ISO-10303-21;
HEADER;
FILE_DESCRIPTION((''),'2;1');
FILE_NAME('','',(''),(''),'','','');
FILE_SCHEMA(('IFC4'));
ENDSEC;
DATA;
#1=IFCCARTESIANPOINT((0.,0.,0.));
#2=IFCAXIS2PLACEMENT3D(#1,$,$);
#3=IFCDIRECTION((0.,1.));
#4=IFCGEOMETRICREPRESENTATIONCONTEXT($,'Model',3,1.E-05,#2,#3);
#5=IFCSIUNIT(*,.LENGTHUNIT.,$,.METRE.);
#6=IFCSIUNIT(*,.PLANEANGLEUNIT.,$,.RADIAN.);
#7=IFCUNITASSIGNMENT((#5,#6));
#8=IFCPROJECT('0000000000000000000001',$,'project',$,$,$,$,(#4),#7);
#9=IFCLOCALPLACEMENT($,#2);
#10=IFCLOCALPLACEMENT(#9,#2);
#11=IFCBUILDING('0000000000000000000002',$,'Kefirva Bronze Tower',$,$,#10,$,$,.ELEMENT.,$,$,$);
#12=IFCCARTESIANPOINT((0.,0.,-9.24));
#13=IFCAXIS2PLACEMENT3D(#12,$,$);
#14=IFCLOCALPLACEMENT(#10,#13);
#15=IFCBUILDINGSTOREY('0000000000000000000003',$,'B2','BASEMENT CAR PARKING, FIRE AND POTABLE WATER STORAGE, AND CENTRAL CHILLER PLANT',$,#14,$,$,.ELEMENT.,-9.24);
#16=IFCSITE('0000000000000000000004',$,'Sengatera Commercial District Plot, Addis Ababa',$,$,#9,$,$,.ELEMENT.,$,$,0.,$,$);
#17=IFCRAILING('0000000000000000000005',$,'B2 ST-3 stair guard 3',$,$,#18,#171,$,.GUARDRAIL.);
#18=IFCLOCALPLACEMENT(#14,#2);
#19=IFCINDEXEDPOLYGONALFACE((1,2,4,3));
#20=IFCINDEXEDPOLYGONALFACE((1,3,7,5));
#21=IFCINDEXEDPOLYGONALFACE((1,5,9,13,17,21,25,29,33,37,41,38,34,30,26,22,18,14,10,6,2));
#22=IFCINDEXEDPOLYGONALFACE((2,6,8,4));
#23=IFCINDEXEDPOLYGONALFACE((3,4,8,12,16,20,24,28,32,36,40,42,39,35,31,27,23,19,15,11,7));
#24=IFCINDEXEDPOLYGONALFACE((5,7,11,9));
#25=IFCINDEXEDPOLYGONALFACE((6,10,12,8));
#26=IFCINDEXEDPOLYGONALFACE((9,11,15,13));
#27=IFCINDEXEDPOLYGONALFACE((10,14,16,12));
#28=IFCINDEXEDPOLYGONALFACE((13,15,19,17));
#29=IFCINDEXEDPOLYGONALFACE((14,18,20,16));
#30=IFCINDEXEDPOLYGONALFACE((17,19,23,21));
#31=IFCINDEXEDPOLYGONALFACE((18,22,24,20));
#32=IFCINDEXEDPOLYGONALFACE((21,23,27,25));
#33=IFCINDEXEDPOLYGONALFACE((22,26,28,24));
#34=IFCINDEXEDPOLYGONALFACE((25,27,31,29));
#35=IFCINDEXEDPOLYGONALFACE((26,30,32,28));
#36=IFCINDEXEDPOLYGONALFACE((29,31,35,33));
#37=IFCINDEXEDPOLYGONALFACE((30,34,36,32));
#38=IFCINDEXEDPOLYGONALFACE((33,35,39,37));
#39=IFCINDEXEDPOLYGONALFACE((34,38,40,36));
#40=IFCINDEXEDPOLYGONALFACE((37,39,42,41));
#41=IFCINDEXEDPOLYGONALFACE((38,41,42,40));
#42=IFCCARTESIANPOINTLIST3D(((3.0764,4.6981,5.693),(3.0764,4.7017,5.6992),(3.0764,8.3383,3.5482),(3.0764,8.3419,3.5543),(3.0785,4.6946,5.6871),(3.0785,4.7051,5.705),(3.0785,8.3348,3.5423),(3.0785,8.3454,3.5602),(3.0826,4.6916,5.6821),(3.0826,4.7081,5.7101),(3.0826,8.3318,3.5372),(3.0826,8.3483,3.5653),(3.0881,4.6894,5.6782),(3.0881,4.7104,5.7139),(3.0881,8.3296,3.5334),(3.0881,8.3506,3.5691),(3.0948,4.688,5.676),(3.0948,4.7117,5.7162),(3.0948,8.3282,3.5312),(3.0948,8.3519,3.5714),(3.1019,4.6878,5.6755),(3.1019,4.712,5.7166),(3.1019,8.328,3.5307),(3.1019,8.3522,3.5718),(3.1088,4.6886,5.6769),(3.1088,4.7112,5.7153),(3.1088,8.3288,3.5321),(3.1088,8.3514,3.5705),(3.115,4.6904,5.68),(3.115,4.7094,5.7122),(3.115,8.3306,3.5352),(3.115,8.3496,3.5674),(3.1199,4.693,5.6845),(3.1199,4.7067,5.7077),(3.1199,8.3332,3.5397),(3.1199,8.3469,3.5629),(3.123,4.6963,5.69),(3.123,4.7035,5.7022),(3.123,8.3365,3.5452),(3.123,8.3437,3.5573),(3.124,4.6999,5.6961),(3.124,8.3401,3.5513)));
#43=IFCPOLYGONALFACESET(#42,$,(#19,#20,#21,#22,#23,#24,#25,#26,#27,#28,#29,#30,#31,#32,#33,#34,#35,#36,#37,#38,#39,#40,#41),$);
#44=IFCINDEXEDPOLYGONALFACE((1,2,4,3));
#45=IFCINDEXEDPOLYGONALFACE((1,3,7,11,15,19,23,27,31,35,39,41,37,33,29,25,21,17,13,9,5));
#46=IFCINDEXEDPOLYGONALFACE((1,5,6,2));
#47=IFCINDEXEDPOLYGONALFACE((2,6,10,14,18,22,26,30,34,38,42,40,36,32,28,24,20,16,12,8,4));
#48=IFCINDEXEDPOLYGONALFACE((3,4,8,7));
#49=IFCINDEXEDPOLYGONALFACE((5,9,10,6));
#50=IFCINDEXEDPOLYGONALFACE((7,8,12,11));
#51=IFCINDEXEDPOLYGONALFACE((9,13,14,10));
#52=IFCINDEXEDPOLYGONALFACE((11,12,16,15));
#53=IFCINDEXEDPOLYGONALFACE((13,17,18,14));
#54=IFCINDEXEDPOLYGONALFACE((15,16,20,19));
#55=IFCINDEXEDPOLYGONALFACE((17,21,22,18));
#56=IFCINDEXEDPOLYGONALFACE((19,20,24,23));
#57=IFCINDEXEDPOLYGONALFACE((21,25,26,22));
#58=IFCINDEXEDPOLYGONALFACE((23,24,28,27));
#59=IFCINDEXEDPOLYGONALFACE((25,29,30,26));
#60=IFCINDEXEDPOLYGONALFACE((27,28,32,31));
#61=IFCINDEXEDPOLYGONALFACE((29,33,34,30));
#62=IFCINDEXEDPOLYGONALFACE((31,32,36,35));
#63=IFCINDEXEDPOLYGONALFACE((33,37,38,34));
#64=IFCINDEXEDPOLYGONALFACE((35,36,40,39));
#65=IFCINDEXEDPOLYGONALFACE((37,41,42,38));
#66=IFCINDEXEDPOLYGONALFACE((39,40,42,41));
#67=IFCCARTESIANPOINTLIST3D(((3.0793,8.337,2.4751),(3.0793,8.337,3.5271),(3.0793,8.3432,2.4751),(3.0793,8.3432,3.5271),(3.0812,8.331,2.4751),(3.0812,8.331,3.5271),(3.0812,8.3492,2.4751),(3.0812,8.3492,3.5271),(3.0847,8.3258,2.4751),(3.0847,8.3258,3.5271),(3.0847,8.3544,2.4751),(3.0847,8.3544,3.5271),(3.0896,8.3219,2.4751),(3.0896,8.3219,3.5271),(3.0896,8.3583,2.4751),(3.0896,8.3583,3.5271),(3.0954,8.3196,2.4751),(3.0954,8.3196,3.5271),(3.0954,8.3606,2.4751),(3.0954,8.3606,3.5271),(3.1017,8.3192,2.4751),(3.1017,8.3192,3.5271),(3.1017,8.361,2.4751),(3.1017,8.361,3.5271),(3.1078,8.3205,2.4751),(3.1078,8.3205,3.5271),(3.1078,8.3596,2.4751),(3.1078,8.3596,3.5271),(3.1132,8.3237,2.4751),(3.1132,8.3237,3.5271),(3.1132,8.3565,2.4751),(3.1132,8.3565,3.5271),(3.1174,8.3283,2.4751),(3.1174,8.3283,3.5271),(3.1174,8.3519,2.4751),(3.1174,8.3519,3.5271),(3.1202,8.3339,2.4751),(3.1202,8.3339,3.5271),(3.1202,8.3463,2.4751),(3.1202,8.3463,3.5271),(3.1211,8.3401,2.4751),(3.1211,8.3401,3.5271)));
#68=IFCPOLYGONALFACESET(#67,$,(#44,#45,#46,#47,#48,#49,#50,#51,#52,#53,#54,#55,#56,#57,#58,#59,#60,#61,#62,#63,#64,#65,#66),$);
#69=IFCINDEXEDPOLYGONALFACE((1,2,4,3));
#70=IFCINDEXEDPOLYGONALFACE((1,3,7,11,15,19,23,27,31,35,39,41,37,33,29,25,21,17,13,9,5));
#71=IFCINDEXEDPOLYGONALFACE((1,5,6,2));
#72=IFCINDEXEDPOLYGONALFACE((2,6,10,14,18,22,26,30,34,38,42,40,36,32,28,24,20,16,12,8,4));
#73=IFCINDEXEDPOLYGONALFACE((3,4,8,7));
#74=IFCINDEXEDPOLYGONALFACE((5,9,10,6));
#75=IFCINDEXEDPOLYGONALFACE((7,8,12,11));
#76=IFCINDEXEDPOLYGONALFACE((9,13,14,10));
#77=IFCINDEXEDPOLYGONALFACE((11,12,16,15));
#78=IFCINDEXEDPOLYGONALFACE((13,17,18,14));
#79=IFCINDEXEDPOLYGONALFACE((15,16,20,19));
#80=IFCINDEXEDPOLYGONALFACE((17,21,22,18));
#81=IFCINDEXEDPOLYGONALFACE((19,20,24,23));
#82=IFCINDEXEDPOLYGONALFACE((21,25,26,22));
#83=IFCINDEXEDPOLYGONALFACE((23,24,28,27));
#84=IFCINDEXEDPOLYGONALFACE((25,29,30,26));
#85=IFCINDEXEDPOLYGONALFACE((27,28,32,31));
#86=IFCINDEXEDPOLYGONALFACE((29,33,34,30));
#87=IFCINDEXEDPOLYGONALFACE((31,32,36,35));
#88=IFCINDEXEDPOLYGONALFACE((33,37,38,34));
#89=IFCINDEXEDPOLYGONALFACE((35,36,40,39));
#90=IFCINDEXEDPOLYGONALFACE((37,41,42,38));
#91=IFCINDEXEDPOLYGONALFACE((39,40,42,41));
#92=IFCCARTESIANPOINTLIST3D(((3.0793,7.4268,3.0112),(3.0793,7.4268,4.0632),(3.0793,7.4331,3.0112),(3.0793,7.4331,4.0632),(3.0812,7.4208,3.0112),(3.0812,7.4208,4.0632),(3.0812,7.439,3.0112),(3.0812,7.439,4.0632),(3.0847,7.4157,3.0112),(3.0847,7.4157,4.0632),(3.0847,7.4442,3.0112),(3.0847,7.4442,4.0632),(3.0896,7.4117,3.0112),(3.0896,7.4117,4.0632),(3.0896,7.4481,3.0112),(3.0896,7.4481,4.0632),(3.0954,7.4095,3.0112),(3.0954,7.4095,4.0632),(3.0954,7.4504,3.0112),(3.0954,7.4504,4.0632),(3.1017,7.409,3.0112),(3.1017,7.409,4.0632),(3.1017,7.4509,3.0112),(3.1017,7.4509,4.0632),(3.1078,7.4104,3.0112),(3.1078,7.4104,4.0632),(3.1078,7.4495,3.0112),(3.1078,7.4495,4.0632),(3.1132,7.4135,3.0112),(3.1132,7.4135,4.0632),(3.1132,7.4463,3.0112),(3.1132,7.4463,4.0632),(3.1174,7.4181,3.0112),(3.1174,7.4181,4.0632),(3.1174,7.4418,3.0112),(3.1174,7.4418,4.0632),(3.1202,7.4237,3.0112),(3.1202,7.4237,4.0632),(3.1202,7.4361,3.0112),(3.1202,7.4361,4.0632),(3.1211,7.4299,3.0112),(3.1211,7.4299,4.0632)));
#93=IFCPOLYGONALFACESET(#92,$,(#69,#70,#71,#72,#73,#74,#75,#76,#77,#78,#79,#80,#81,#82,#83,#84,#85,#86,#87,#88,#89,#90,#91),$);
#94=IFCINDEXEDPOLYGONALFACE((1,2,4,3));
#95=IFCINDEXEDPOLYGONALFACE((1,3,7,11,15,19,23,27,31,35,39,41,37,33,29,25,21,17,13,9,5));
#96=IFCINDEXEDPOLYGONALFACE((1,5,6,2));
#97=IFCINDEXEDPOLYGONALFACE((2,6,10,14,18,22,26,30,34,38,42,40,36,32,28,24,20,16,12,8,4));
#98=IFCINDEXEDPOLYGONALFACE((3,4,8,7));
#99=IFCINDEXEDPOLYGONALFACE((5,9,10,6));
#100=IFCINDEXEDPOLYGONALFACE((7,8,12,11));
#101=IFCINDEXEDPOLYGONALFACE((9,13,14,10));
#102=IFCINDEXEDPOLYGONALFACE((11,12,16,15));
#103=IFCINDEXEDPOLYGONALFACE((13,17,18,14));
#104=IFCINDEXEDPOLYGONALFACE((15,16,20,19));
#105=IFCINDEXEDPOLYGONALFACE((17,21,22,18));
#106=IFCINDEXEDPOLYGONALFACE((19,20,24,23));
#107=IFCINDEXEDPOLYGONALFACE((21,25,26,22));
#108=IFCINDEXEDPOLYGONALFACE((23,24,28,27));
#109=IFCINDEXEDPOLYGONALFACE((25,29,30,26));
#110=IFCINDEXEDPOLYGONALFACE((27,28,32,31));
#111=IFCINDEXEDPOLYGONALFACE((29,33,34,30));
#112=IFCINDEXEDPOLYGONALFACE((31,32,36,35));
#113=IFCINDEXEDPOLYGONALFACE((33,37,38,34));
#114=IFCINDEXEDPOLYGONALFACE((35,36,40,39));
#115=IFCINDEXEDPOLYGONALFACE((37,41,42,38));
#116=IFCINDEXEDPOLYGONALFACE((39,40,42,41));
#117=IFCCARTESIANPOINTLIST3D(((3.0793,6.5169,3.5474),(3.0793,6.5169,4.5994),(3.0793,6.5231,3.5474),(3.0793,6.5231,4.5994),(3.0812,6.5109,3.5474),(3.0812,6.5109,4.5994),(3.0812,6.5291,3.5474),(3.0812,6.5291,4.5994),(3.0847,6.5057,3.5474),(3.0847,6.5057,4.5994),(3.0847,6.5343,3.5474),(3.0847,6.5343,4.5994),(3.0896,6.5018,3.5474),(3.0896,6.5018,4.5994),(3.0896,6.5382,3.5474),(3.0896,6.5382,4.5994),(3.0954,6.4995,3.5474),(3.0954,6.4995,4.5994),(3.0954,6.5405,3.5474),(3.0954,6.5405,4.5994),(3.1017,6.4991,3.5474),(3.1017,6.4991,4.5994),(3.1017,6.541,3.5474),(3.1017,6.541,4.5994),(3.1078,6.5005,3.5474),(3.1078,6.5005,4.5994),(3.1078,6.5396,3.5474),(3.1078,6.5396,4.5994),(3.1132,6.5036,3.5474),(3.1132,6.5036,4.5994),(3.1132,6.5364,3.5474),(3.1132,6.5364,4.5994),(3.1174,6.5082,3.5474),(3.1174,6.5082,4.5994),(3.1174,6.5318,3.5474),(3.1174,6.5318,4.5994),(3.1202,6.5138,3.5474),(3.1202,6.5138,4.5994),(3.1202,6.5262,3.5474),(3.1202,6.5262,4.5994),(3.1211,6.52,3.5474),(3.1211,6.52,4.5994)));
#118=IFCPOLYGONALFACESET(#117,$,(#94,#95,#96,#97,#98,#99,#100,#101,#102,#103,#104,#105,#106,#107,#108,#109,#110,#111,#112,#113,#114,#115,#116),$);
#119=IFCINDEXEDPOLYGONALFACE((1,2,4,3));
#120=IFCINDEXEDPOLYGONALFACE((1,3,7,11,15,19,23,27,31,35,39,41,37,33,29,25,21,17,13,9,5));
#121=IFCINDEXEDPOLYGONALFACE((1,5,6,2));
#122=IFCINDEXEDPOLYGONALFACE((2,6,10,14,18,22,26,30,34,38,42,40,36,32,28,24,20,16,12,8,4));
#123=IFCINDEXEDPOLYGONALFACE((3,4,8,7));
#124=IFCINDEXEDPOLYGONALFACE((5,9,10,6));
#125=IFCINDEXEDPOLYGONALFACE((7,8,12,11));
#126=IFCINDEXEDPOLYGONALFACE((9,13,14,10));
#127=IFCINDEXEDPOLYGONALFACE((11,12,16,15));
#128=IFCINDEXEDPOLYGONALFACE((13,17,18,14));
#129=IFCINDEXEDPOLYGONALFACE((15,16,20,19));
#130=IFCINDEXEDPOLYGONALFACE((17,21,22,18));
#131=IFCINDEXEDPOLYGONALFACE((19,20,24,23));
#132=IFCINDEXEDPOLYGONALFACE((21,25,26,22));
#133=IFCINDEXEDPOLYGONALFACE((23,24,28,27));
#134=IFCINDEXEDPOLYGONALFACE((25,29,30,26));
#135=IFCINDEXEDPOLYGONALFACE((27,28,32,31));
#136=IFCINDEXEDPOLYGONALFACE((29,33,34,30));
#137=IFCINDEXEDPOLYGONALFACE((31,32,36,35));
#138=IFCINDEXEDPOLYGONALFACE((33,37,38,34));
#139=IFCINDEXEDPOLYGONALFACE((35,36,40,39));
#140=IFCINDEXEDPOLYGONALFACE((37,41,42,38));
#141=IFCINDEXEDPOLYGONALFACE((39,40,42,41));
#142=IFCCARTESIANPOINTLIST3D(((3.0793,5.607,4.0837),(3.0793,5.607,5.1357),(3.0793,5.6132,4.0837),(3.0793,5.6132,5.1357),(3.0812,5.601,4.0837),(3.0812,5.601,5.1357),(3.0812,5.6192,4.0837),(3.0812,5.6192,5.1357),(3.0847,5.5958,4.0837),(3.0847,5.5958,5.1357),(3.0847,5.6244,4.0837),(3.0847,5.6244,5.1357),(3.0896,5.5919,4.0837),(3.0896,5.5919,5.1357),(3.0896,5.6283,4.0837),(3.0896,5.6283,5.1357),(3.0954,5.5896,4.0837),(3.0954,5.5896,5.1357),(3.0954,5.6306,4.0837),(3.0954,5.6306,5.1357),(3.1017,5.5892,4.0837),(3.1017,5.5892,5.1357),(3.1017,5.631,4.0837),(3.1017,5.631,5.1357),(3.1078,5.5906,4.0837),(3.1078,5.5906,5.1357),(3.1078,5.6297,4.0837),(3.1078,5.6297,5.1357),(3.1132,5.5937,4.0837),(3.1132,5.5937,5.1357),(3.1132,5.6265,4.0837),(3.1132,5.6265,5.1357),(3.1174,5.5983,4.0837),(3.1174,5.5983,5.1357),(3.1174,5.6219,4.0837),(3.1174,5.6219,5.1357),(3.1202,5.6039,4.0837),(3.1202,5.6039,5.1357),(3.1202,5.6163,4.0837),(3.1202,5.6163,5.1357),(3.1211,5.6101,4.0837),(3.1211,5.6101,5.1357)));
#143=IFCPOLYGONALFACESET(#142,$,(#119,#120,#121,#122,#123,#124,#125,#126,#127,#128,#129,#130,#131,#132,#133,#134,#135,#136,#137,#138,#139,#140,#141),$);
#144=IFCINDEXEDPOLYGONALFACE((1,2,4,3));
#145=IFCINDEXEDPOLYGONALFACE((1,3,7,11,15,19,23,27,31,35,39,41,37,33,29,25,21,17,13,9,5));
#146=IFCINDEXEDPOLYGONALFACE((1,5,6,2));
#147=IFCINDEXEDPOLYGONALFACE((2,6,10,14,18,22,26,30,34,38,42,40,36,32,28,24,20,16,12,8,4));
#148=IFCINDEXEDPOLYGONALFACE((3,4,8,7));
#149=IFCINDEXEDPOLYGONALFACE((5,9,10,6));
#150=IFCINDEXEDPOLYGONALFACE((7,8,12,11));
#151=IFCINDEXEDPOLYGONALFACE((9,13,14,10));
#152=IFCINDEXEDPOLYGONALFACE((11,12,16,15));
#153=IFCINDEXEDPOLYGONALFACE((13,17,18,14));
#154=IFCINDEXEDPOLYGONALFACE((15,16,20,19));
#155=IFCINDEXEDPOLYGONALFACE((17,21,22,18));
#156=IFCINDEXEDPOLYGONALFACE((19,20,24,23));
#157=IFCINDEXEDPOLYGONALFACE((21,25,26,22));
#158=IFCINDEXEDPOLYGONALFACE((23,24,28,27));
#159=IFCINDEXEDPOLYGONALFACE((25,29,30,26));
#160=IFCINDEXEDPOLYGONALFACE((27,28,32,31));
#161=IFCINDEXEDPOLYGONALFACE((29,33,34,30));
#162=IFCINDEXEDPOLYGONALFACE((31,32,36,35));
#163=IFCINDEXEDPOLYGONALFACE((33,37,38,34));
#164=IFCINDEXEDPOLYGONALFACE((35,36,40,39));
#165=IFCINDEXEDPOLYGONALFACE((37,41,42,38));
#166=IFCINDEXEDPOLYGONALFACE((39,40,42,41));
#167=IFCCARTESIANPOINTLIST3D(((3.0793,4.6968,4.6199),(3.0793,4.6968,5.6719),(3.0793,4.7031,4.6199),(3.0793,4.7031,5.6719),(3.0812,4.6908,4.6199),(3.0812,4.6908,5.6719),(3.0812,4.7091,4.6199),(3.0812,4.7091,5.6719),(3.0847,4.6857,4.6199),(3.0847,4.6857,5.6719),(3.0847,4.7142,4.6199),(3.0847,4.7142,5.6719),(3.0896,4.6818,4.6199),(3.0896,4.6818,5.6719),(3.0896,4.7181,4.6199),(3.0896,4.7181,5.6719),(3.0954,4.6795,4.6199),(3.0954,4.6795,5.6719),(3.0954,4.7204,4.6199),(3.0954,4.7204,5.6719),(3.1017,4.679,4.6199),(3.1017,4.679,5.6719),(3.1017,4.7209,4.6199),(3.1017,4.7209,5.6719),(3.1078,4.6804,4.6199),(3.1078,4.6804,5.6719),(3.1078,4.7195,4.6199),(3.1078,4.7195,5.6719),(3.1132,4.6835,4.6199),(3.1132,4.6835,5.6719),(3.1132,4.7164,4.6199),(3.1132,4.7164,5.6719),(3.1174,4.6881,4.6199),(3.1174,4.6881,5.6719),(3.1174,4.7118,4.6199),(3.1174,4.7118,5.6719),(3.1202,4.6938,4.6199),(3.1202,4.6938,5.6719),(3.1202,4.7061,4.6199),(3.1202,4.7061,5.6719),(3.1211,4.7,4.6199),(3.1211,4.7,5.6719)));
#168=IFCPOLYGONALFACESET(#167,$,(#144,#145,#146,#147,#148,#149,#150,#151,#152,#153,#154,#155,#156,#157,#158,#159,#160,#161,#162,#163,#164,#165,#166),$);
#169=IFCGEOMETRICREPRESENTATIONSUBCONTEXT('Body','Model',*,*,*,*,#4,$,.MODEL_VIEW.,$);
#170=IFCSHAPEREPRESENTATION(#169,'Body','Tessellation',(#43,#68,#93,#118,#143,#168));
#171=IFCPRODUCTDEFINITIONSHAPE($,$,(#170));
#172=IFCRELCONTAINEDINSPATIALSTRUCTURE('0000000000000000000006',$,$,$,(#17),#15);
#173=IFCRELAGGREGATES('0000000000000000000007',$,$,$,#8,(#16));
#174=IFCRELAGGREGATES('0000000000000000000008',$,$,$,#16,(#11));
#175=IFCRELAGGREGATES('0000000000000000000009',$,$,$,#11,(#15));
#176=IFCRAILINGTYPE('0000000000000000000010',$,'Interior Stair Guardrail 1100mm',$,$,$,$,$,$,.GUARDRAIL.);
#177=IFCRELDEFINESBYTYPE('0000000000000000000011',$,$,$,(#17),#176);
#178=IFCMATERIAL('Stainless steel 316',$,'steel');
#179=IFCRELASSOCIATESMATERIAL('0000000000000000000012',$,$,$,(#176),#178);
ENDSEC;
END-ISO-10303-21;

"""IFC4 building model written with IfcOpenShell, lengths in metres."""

from ifc_helpers import new_model, si_unit, direction, frame, origin, origin_2d, place, context, subcontext, project, spatial, circle, extrude, material, type_object, element, save


model = new_model("IFC4")

# Units and contexts
model_context = context("Model", 3, precision=1e-05, world=origin(), true_north=direction((0.0, 1.0)))
body_context = subcontext(model_context, "Body", "Model", "MODEL_VIEW")
ifc_project = project(units=[si_unit("LENGTHUNIT", "METRE"), si_unit("PLANEANGLEUNIT", "RADIAN")], contexts=[model_context])

# Site, building, storey
site_placement = place(None, origin())
site = spatial("IfcSite", under=ifc_project, at=site_placement, Name="Sengatera Commercial District Plot, Addis Ababa", CompositionType="ELEMENT", RefElevation=0.0)
building_placement = place(site_placement, origin())
building = spatial("IfcBuilding", under=site, at=building_placement, Name="Kefirva Bronze Tower", CompositionType="ELEMENT")
storey_placement = place(building_placement, frame((0.0, 0.0, -9.24)))
storey = spatial("IfcBuildingStorey", under=building, at=storey_placement, Name="B2", Description="BASEMENT CAR PARKING, FIRE AND POTABLE WATER STORAGE, AND CENTRAL CHILLER PLANT", CompositionType="ELEMENT", Elevation=-9.24)

# Railing
ifc_material_1 = material(Name="Stainless steel 316", Category="steel")
railing_type_1 = type_object("IfcRailingType", Name="Interior Stair Guardrail 1100mm", PredefinedType="GUARDRAIL", material=ifc_material_1)
railing_1_placement = place(storey_placement, frame((3.1001, 8.3401, 2.4751)))
element("IfcRailing", 1, at=railing_1_placement, inside=storey, type_object=railing_type_1, Name="B2 ST-3 stair guard 3", PredefinedType="GUARDRAIL", context=body_context, shape_type="SweptSolid", body=[
    extrude(circle(Radius=0.0239, at=origin_2d()), frame((0.0, 0.0, 1.0762), z_axis=(0.0, -0.86157, 0.507639), x_axis=(1.0, 0.0, 0.0)), (0.0, 0.0, 1.0), 4.2251),
    extrude(circle(Radius=0.021, at=origin_2d()), origin(), (0.0, 0.0, 1.0), 1.052),
    extrude(circle(Radius=0.021, at=origin_2d()), frame((0.0, -0.9102, 0.5361)), (0.0, 0.0, 1.0), 1.052),
    extrude(circle(Radius=0.021, at=origin_2d()), frame((0.0, -1.8201, 1.0723)), (0.0, 0.0, 1.0), 1.052),
    extrude(circle(Radius=0.021, at=origin_2d()), frame((0.0, -2.73, 1.6086)), (0.0, 0.0, 1.0), 1.052),
    extrude(circle(Radius=0.021, at=origin_2d()), frame((0.0, -3.6401, 2.1448)), (0.0, 0.0, 1.0), 1.052),
])

save(model, "model.ifc")
